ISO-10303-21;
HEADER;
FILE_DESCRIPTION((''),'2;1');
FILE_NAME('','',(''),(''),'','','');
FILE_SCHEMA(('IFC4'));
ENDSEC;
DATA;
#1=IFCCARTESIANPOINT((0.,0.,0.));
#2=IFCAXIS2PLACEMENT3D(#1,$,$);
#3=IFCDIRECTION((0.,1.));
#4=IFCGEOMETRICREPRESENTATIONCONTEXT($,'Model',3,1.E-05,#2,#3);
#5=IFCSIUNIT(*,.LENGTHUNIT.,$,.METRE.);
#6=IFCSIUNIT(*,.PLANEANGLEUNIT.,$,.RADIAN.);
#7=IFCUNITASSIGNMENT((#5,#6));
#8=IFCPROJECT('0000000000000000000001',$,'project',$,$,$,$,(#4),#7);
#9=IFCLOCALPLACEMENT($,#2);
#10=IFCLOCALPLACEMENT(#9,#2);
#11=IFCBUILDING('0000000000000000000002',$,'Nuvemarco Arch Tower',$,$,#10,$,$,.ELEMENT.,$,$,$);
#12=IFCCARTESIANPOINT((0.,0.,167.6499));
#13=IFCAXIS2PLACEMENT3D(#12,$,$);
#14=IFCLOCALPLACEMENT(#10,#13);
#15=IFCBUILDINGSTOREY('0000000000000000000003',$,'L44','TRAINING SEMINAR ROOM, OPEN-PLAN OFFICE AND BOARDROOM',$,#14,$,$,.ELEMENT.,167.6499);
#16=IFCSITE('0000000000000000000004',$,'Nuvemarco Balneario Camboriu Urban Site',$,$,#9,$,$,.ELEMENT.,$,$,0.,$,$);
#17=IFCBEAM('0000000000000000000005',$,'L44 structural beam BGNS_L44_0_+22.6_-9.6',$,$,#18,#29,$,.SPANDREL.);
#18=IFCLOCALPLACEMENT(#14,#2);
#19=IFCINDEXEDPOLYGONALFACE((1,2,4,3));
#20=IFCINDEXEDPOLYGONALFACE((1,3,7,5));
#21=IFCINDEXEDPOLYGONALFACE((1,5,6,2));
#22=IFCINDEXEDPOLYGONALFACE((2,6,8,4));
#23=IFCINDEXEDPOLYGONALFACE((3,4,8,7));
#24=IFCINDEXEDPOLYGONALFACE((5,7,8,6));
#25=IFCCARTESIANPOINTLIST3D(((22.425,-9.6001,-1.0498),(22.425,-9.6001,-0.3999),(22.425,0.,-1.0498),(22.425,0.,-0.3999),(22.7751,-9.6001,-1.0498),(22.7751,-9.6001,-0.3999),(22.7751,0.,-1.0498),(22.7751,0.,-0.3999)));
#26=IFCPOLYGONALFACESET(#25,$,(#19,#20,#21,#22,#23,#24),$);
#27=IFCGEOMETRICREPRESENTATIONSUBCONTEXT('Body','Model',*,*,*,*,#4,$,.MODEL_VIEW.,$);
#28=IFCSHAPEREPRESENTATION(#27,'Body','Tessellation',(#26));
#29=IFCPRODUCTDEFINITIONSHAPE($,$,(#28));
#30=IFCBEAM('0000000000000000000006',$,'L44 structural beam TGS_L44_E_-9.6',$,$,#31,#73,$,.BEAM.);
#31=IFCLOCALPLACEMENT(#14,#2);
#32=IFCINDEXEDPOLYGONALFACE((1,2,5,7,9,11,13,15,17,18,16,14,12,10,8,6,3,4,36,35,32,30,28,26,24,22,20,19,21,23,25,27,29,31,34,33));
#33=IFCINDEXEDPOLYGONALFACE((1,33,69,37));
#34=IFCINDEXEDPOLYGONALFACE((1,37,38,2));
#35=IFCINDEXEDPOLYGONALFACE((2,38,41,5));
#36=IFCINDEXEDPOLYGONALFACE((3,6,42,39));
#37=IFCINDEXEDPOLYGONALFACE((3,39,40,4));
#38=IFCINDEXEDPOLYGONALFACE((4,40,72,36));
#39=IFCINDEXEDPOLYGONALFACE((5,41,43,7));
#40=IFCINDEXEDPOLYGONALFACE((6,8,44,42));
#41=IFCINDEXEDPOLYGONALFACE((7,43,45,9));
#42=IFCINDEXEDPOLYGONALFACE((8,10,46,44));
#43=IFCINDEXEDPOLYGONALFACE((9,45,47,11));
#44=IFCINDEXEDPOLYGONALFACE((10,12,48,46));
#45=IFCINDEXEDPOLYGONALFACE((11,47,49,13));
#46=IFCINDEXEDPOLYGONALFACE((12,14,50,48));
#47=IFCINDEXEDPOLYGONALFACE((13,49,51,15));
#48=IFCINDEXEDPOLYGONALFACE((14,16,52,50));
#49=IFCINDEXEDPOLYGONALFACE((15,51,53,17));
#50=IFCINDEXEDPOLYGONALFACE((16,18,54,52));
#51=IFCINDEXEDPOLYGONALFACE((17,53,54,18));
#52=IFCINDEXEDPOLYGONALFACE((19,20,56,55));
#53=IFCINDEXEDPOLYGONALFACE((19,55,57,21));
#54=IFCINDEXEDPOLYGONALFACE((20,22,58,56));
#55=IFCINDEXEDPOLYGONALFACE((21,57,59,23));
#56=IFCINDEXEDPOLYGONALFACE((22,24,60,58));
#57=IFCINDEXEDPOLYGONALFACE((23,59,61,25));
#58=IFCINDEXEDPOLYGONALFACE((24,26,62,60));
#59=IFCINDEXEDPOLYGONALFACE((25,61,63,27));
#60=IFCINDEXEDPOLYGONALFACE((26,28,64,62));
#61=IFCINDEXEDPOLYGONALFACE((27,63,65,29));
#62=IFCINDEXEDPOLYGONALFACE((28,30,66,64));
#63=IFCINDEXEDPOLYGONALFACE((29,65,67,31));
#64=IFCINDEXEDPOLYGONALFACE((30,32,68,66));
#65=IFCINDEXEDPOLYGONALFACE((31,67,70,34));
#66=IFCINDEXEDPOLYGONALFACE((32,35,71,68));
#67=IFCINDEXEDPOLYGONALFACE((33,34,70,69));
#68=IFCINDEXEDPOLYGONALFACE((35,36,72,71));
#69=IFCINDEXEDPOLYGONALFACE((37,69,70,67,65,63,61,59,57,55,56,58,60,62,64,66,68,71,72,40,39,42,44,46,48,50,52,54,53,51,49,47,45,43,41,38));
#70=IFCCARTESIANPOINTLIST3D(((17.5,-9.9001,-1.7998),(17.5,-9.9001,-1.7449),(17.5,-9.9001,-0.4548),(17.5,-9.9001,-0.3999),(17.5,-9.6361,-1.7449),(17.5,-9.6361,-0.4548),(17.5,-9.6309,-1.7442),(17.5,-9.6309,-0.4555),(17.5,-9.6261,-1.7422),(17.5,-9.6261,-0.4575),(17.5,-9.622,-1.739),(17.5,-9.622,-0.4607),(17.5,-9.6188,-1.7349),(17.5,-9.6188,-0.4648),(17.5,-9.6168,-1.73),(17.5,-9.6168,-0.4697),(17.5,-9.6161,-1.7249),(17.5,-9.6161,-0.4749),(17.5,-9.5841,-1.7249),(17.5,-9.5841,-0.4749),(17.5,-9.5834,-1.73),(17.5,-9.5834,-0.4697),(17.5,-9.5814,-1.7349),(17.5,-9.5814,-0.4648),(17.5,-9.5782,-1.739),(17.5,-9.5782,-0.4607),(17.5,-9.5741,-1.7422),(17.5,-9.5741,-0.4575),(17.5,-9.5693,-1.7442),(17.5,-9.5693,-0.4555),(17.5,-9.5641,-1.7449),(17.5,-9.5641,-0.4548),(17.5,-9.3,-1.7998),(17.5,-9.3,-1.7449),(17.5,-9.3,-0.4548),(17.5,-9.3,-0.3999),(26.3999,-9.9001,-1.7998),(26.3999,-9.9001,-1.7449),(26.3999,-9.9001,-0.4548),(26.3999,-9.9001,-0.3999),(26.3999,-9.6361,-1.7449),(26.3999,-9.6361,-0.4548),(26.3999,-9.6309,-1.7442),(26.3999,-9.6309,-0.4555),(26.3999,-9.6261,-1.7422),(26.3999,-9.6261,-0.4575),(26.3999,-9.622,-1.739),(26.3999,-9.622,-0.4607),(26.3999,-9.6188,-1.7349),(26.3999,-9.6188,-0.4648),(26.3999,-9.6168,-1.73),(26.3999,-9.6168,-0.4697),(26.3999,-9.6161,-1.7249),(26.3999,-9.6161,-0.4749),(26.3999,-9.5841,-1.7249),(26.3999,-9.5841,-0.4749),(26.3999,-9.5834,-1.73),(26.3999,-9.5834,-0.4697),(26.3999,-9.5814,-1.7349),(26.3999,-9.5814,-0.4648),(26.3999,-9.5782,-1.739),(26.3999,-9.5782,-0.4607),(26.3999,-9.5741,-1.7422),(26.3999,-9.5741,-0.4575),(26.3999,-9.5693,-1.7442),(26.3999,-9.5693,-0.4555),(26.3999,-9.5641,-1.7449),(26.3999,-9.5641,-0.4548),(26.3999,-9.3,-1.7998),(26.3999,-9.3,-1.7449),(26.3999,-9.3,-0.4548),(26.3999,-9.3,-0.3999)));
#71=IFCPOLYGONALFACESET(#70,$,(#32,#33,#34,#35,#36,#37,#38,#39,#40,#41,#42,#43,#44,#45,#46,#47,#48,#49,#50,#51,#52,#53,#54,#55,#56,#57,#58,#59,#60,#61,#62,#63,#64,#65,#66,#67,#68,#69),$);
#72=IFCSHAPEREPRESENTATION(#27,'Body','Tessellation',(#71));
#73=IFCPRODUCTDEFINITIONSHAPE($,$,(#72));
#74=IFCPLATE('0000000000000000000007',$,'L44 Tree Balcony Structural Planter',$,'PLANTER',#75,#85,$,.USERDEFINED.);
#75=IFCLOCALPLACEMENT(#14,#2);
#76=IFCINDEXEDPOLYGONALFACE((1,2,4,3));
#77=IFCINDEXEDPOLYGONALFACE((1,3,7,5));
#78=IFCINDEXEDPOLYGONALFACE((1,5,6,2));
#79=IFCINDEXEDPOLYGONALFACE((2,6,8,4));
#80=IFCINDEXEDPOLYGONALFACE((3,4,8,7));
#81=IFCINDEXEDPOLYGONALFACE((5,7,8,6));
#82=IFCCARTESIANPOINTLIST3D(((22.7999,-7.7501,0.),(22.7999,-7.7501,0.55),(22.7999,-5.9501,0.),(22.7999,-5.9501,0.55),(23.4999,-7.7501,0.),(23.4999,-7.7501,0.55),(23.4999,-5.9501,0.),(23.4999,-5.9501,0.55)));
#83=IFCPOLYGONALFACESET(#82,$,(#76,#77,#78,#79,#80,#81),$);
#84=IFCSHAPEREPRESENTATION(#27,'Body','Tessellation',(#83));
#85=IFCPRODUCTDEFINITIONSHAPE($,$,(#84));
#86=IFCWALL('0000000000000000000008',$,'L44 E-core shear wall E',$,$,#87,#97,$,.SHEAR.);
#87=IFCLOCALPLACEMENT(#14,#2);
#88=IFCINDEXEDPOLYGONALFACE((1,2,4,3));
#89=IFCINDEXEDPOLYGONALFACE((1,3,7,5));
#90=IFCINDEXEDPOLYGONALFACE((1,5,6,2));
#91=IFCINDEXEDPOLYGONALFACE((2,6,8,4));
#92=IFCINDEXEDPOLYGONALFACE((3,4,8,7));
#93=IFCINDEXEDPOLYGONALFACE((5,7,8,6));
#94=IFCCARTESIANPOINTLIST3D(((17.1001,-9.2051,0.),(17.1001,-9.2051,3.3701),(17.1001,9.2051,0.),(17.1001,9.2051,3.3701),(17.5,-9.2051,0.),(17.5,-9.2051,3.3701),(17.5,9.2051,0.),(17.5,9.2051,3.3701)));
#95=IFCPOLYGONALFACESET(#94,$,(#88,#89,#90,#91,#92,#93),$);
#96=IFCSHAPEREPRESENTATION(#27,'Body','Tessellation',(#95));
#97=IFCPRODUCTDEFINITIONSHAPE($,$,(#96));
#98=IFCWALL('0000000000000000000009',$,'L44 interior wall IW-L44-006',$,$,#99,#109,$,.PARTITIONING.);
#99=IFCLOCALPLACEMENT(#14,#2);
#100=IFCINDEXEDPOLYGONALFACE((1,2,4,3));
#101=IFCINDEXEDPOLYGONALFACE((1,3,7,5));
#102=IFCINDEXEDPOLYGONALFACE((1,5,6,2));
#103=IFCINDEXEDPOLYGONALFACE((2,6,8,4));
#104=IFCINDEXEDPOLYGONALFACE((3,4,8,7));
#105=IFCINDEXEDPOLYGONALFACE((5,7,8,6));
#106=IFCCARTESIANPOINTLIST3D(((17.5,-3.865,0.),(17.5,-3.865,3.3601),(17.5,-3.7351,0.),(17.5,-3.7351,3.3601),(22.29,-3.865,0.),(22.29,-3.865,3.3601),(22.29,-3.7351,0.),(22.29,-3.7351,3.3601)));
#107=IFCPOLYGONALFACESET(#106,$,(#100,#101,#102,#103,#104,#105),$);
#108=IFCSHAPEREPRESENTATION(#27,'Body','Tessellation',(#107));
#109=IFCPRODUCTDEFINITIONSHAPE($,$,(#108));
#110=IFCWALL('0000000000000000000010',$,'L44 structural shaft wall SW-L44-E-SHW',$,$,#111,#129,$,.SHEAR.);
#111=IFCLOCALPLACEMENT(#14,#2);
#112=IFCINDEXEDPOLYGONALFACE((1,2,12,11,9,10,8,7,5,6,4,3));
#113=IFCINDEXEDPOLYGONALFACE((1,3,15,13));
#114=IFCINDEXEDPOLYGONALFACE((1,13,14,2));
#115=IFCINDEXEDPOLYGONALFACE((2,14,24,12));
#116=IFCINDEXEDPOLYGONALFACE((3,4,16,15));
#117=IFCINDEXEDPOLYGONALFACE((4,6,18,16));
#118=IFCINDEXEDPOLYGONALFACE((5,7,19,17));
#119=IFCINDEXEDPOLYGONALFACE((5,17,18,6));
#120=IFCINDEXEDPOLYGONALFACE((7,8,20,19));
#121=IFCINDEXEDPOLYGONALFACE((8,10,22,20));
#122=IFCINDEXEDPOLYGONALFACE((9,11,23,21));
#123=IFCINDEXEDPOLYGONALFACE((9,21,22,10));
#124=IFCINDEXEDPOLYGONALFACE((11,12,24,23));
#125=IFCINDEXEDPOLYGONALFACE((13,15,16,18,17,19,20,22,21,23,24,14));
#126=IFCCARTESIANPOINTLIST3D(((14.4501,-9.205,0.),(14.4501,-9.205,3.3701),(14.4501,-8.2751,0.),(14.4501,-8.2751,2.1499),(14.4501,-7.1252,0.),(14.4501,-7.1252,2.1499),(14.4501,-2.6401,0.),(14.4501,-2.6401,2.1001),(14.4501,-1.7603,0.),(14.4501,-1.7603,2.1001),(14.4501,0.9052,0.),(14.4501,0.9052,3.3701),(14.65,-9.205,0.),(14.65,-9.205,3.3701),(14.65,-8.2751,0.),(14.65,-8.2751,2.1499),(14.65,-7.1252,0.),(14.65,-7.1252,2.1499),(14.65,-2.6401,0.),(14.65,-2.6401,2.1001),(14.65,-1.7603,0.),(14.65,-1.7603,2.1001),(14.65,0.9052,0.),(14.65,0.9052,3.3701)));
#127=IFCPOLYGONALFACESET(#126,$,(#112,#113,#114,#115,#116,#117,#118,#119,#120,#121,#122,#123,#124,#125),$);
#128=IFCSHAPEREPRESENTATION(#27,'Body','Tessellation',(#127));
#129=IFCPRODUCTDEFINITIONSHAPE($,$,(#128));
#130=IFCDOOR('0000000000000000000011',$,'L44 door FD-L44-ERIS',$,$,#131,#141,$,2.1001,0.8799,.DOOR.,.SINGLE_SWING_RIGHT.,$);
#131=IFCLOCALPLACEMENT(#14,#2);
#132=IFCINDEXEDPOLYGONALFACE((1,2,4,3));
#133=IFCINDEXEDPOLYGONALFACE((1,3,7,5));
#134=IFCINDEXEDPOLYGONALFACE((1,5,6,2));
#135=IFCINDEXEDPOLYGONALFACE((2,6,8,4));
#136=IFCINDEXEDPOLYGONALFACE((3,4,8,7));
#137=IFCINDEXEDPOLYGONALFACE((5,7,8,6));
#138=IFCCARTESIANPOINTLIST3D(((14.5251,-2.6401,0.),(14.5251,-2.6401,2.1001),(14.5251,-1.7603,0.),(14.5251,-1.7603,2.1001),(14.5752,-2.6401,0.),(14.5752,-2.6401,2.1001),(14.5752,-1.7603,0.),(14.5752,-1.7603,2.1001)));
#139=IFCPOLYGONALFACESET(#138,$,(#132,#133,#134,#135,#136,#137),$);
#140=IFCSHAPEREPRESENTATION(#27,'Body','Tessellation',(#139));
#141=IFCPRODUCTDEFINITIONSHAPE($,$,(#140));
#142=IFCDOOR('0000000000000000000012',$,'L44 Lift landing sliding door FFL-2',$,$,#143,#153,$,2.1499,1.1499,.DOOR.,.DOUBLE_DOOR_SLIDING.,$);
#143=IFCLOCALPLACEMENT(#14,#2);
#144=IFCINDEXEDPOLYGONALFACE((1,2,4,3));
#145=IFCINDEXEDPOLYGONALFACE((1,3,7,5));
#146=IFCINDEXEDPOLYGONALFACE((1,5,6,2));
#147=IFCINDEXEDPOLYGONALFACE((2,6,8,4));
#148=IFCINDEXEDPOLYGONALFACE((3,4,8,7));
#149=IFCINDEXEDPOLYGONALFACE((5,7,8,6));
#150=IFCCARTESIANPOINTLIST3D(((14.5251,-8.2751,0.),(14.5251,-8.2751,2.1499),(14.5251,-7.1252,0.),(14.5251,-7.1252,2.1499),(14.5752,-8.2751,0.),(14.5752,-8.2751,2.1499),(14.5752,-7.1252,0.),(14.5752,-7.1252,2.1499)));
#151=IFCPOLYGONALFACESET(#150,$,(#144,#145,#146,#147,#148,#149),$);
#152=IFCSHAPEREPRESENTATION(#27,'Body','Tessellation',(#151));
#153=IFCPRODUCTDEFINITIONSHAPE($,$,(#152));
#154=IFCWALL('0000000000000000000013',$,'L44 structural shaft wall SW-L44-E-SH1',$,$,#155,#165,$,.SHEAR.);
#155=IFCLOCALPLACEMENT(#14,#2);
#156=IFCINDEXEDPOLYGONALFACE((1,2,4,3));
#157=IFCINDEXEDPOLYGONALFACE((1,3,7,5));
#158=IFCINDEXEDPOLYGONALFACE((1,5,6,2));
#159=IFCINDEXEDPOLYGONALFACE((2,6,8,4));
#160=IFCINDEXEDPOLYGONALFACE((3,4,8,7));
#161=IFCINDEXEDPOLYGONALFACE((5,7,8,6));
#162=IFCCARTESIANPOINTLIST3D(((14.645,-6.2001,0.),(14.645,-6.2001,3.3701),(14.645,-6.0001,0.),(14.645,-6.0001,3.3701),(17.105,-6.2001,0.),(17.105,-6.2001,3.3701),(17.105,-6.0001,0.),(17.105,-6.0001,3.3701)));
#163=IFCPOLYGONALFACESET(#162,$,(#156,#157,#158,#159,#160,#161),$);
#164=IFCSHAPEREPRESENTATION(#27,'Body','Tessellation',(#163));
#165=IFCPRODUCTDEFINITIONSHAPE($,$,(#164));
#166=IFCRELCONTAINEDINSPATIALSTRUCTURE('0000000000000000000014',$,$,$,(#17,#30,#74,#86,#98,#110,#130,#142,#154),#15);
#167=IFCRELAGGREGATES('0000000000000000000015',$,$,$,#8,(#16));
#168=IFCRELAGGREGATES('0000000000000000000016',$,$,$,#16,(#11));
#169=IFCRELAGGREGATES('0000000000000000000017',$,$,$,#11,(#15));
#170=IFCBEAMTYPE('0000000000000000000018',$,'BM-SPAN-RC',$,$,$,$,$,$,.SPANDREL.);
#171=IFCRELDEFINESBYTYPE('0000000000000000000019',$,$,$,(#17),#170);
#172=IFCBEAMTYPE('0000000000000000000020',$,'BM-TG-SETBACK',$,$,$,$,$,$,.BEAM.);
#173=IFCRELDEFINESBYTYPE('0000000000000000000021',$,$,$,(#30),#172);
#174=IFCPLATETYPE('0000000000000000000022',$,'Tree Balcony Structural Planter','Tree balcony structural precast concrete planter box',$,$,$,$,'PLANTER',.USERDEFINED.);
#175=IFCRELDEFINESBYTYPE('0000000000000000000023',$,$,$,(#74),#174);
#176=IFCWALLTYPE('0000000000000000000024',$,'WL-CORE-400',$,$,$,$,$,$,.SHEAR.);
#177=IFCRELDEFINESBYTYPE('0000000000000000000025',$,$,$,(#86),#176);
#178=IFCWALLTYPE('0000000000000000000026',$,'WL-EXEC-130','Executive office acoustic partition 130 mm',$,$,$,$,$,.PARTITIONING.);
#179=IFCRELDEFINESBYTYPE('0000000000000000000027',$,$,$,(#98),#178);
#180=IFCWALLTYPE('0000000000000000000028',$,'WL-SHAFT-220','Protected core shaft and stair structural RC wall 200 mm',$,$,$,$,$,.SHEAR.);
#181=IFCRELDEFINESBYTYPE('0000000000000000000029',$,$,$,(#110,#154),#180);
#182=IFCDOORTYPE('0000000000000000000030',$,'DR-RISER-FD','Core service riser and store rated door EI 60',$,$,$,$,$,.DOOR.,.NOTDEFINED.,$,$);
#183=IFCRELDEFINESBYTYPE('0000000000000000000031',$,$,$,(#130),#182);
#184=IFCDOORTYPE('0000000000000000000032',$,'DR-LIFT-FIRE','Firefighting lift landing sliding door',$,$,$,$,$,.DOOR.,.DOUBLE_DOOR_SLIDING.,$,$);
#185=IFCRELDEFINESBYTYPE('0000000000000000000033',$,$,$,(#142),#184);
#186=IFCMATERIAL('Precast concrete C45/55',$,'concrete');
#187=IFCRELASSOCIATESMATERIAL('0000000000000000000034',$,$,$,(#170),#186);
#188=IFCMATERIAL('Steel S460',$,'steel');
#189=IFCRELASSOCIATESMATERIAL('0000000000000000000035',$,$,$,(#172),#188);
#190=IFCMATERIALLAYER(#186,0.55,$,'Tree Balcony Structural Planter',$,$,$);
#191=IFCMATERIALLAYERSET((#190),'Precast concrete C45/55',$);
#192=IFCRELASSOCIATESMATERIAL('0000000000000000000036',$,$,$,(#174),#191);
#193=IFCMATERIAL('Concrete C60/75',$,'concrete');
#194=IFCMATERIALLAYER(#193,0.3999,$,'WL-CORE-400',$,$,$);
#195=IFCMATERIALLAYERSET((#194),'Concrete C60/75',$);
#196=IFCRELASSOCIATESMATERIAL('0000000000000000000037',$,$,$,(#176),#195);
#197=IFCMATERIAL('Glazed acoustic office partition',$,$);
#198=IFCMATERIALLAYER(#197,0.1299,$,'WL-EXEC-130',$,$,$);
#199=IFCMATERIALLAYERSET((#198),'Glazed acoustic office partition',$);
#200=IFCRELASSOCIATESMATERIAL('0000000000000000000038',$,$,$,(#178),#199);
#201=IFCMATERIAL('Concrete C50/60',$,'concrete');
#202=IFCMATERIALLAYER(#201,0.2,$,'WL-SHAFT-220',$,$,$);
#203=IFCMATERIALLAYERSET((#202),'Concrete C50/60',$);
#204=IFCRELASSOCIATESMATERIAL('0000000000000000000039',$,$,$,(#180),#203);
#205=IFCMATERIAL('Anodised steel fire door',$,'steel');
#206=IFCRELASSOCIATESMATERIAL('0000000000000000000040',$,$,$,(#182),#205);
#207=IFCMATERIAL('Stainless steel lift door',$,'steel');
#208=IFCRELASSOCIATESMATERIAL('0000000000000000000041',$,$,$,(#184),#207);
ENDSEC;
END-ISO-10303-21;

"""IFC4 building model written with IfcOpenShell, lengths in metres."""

from ifc_helpers import new_model, si_unit, direction, frame, frame_2d, origin, origin_2d, place, context, subcontext, project, spatial, rectangle, i_section, extrude, source, transform, mapped, material, layer, layer_set, material_profile, profile_set, type_object, type_shapes, element, fill, save


model = new_model("IFC4")

# Units and contexts
model_context = context("Model", 3, precision=1e-05, world=origin(), true_north=direction((0.0, 1.0)))
body_context = subcontext(model_context, "Body", "Model", "MODEL_VIEW")
ifc_project = project(units=[si_unit("LENGTHUNIT", "METRE"), si_unit("PLANEANGLEUNIT", "RADIAN")], contexts=[model_context])

# Site, building, storey
site_placement = place(None, origin())
site = spatial("IfcSite", under=ifc_project, at=site_placement, Name="Nuvemarco Balneario Camboriu Urban Site", CompositionType="ELEMENT", RefElevation=0.0)
building_placement = place(site_placement, origin())
building = spatial("IfcBuilding", under=site, at=building_placement, Name="Nuvemarco Arch Tower", CompositionType="ELEMENT")
storey_placement = place(building_placement, frame((0.0, 0.0, 167.6499)))
storey = spatial("IfcBuildingStorey", under=building, at=storey_placement, Name="L44", Description="TRAINING SEMINAR ROOM, OPEN-PLAN OFFICE AND BOARDROOM", CompositionType="ELEMENT", Elevation=167.6499)

# Shared definitions
ifc_material_1 = material(Name="Concrete C50/60", Category="concrete")

# Beams
ifc_material_2 = material(Name="Precast concrete C45/55", Category="concrete")
ifc_material_profile_1 = material_profile(ifc_material_2, rectangle(XDim=0.3501, YDim=0.6499, at=origin_2d()), Name="PC-SP-350x650")
ifc_profile_set_1 = profile_set([ifc_material_profile_1], Name="Precast concrete C45/55")
beam_type_1 = type_object("IfcBeamType", Name="BM-SPAN-RC", PredefinedType="SPANDREL", material=ifc_profile_set_1)
beam_1_placement = place(storey_placement, frame((22.6001, -9.6001, -0.7249), z_axis=(0.0, 1.0, 0.0), x_axis=(-1.0, 0.0, 0.0)))
element("IfcBeam", 1, at=beam_1_placement, inside=storey, type_object=beam_type_1, Name="L44 structural beam BGNS_L44_0_+22.6_-9.6", PredefinedType="SPANDREL", context=body_context, shape_type="SweptSolid", body=[
    extrude(rectangle(XDim=0.3501, YDim=0.6499, at=origin_2d()), origin(), (0.0, 0.0, 1.0), 9.6001),
])
ifc_material_3 = material(Name="Steel S460", Category="steel")
ifc_material_profile_2 = material_profile(ifc_material_3, i_section(OverallWidth=0.6001, OverallDepth=1.3999, WebThickness=0.032, FlangeThickness=0.0549, FilletRadius=0.02, at=origin_2d()), Name="PG1400x600")
ifc_profile_set_2 = profile_set([ifc_material_profile_2], Name="Steel S460")
beam_type_2 = type_object("IfcBeamType", Name="BM-TG-SETBACK", PredefinedType="BEAM", material=ifc_profile_set_2)
beam_2_placement = place(storey_placement, frame((17.5, -9.6001, -1.0999), z_axis=(1.0, 0.0, 0.0), x_axis=(0.0, 1.0, 0.0)))
element("IfcBeam", 2, at=beam_2_placement, inside=storey, type_object=beam_type_2, Name="L44 structural beam TGS_L44_E_-9.6", PredefinedType="BEAM", context=body_context, shape_type="SweptSolid", body=[
    extrude(i_section(OverallWidth=0.6001, OverallDepth=1.3999, WebThickness=0.032, FlangeThickness=0.0549, FilletRadius=0.02, at=origin_2d()), origin(), (0.0, 0.0, 1.0), 8.8999),
])

# Plate
ifc_layer_1 = layer(ifc_material_2, 0.55, Name="Tree Balcony Structural Planter")
ifc_layer_set_1 = layer_set([ifc_layer_1], Name="Precast concrete C45/55")
plate_type = type_object("IfcPlateType", Name="Tree Balcony Structural Planter", Description="Tree balcony structural precast concrete planter box", ElementType="PLANTER", PredefinedType="USERDEFINED", material=ifc_layer_set_1)
shared_shape_1 = source(origin(), body_context, "Body", "SweptSolid", [
    extrude(rectangle(XDim=1.8, YDim=0.7, at=origin_2d()), origin(), (0.0, 0.0, 1.0), 0.55),
])
type_shapes(plate_type, [shared_shape_1])
plate_placement = place(storey_placement, frame((23.1499, -6.8501, 0.0), z_axis=(0.0, 0.0, 1.0), x_axis=(0.0, 1.0, 0.0)))
element("IfcPlate", 3, at=plate_placement, inside=storey, type_object=plate_type, Name="L44 Tree Balcony Structural Planter", ObjectType="PLANTER", PredefinedType="USERDEFINED", context=body_context, shape_type="MappedRepresentation", body=[
    mapped(shared_shape_1, transform((0.0, 0.0, 0.0), scale=1.0)),
])

# Walls
ifc_material_4 = material(Name="Concrete C60/75", Category="concrete")
ifc_layer_2 = layer(ifc_material_4, 0.3999, Name="WL-CORE-400")
ifc_layer_set_2 = layer_set([ifc_layer_2], Name="Concrete C60/75")
wall_type_1 = type_object("IfcWallType", Name="WL-CORE-400", PredefinedType="SHEAR", material=ifc_layer_set_2)
wall_1_placement = place(storey_placement, frame((17.3, -9.2051, 0.0), z_axis=(0.0, 0.0, 1.0), x_axis=(0.0, 1.0, 0.0)))
element("IfcWall", 4, at=wall_1_placement, inside=storey, type_object=wall_type_1, Name="L44 E-core shear wall E", PredefinedType="SHEAR", context=body_context, shape_type="SweptSolid", body=[
    extrude(rectangle(XDim=18.4102, YDim=0.3999, at=frame_2d((9.2051, 0.0))), origin(), (0.0, 0.0, 1.0), 3.3701),
])
ifc_material_5 = material(Name="Glazed acoustic office partition")
ifc_layer_3 = layer(ifc_material_5, 0.1299, Name="WL-EXEC-130")
ifc_layer_set_3 = layer_set([ifc_layer_3], Name="Glazed acoustic office partition")
wall_type_2 = type_object("IfcWallType", Name="WL-EXEC-130", Description="Executive office acoustic partition 130 mm", PredefinedType="PARTITIONING", material=ifc_layer_set_3)
wall_2_placement = place(storey_placement, frame((17.5, -3.8, 0.0), z_axis=(0.0, 0.0, 1.0), x_axis=(1.0, 0.0, 0.0)))
element("IfcWall", 5, at=wall_2_placement, inside=storey, type_object=wall_type_2, Name="L44 interior wall IW-L44-006", PredefinedType="PARTITIONING", context=body_context, shape_type="SweptSolid", body=[
    extrude(rectangle(XDim=4.79, YDim=0.1299, at=frame_2d((2.395, 0.0))), origin(), (0.0, 0.0, 1.0), 3.3601),
])

# Wall, openings, doors
ifc_layer_4 = layer(ifc_material_1, 0.2, Name="WL-SHAFT-220")
ifc_layer_set_4 = layer_set([ifc_layer_4], Name="Concrete C50/60")
wall_type_3 = type_object("IfcWallType", Name="WL-SHAFT-220", Description="Protected core shaft and stair structural RC wall 200 mm", PredefinedType="SHEAR", material=ifc_layer_set_4)
wall_3_placement = place(storey_placement, frame((14.55, -9.2051, 0.0), z_axis=(0.0, 0.0, 1.0), x_axis=(0.0, 1.0, 0.0)))
wall_3 = element("IfcWall", 6, at=wall_3_placement, inside=storey, type_object=wall_type_3, Name="L44 structural shaft wall SW-L44-E-SHW", PredefinedType="SHEAR", context=body_context, shape_type="SweptSolid", body=[
    extrude(rectangle(XDim=10.1101, YDim=0.2, at=frame_2d((5.0552, 0.0))), origin(), (0.0, 0.0, 1.0), 3.3701),
])
opening_1_placement = place(wall_3_placement, frame((6.5649, 0.0, 0.0)))
opening_1 = element("IfcOpeningElement", 7, at=opening_1_placement, cuts=wall_3, PredefinedType="OPENING", context=body_context, shape_type="SweptSolid", body=[
    extrude(rectangle(XDim=0.8799, YDim=2.1001, at=frame_2d((0.4399, 1.05))), frame((0.0, 0.1099, 0.0), z_axis=(0.0, -1.0, 0.0), x_axis=(1.0, 0.0, 0.0)), (0.0, 0.0, 1.0), 0.22),
])
opening_2_placement = place(wall_3_placement, frame((0.9299, 0.0, 0.0)))
opening_2 = element("IfcOpeningElement", 8, at=opening_2_placement, cuts=wall_3, PredefinedType="OPENING", context=body_context, shape_type="SweptSolid", body=[
    extrude(rectangle(XDim=1.1499, YDim=2.1499, at=frame_2d((0.575, 1.075))), frame((0.0, 0.1099, 0.0), z_axis=(0.0, -1.0, 0.0), x_axis=(1.0, 0.0, 0.0)), (0.0, 0.0, 1.0), 0.22),
])
ifc_material_6 = material(Name="Anodised steel fire door", Category="steel")
door_type_1 = type_object("IfcDoorType", Name="DR-RISER-FD", Description="Core service riser and store rated door EI 60", OperationType="NOTDEFINED", PredefinedType="DOOR", material=ifc_material_6)
shared_shape_2 = source(origin(), body_context, "Body", "SweptSolid", [
    extrude(rectangle(XDim=0.8799, YDim=2.1001, at=frame_2d((0.4399, 1.05))), frame((0.0, 0.0249, 0.0), z_axis=(0.0, -1.0, 0.0), x_axis=(1.0, 0.0, 0.0)), (0.0, 0.0, 1.0), 0.05),
])
type_shapes(door_type_1, [shared_shape_2])
door_1_placement = place(opening_1_placement, origin())
door_1 = element("IfcDoor", 9, at=door_1_placement, inside=storey, type_object=door_type_1, Name="L44 door FD-L44-ERIS", OperationType="SINGLE_SWING_RIGHT", OverallHeight=2.1001, OverallWidth=0.8799, PredefinedType="DOOR", context=body_context, shape_type="MappedRepresentation", body=[
    mapped(shared_shape_2, transform((0.0, 0.0, 0.0), scale=1.0)),
])
fill(opening_1, door_1)
ifc_material_7 = material(Name="Stainless steel lift door", Category="steel")
door_type_2 = type_object("IfcDoorType", Name="DR-LIFT-FIRE", Description="Firefighting lift landing sliding door", OperationType="DOUBLE_DOOR_SLIDING", PredefinedType="DOOR", material=ifc_material_7)
shared_shape_3 = source(origin(), body_context, "Body", "SweptSolid", [
    extrude(rectangle(XDim=1.1499, YDim=2.1499, at=frame_2d((0.575, 1.075))), frame((0.0, 0.0249, 0.0), z_axis=(0.0, -1.0, 0.0), x_axis=(1.0, 0.0, 0.0)), (0.0, 0.0, 1.0), 0.05),
])
type_shapes(door_type_2, [shared_shape_3])
door_2_placement = place(opening_2_placement, origin())
door_2 = element("IfcDoor", 10, at=door_2_placement, inside=storey, type_object=door_type_2, Name="L44 Lift landing sliding door FFL-2", OperationType="DOUBLE_DOOR_SLIDING", OverallHeight=2.1499, OverallWidth=1.1499, PredefinedType="DOOR", context=body_context, shape_type="MappedRepresentation", body=[
    mapped(shared_shape_3, transform((0.0, 0.0, 0.0), scale=1.0)),
])
fill(opening_2, door_2)

# Wall
wall_4_placement = place(storey_placement, frame((14.645, -6.1001, 0.0), z_axis=(0.0, 0.0, 1.0), x_axis=(1.0, 0.0, 0.0)))
element("IfcWall", 11, at=wall_4_placement, inside=storey, type_object=wall_type_3, Name="L44 structural shaft wall SW-L44-E-SH1", PredefinedType="SHEAR", context=body_context, shape_type="SweptSolid", body=[
    extrude(rectangle(XDim=2.46, YDim=0.2, at=frame_2d((1.23, 0.0))), origin(), (0.0, 0.0, 1.0), 3.3701),
])

save(model, "model.ifc")
